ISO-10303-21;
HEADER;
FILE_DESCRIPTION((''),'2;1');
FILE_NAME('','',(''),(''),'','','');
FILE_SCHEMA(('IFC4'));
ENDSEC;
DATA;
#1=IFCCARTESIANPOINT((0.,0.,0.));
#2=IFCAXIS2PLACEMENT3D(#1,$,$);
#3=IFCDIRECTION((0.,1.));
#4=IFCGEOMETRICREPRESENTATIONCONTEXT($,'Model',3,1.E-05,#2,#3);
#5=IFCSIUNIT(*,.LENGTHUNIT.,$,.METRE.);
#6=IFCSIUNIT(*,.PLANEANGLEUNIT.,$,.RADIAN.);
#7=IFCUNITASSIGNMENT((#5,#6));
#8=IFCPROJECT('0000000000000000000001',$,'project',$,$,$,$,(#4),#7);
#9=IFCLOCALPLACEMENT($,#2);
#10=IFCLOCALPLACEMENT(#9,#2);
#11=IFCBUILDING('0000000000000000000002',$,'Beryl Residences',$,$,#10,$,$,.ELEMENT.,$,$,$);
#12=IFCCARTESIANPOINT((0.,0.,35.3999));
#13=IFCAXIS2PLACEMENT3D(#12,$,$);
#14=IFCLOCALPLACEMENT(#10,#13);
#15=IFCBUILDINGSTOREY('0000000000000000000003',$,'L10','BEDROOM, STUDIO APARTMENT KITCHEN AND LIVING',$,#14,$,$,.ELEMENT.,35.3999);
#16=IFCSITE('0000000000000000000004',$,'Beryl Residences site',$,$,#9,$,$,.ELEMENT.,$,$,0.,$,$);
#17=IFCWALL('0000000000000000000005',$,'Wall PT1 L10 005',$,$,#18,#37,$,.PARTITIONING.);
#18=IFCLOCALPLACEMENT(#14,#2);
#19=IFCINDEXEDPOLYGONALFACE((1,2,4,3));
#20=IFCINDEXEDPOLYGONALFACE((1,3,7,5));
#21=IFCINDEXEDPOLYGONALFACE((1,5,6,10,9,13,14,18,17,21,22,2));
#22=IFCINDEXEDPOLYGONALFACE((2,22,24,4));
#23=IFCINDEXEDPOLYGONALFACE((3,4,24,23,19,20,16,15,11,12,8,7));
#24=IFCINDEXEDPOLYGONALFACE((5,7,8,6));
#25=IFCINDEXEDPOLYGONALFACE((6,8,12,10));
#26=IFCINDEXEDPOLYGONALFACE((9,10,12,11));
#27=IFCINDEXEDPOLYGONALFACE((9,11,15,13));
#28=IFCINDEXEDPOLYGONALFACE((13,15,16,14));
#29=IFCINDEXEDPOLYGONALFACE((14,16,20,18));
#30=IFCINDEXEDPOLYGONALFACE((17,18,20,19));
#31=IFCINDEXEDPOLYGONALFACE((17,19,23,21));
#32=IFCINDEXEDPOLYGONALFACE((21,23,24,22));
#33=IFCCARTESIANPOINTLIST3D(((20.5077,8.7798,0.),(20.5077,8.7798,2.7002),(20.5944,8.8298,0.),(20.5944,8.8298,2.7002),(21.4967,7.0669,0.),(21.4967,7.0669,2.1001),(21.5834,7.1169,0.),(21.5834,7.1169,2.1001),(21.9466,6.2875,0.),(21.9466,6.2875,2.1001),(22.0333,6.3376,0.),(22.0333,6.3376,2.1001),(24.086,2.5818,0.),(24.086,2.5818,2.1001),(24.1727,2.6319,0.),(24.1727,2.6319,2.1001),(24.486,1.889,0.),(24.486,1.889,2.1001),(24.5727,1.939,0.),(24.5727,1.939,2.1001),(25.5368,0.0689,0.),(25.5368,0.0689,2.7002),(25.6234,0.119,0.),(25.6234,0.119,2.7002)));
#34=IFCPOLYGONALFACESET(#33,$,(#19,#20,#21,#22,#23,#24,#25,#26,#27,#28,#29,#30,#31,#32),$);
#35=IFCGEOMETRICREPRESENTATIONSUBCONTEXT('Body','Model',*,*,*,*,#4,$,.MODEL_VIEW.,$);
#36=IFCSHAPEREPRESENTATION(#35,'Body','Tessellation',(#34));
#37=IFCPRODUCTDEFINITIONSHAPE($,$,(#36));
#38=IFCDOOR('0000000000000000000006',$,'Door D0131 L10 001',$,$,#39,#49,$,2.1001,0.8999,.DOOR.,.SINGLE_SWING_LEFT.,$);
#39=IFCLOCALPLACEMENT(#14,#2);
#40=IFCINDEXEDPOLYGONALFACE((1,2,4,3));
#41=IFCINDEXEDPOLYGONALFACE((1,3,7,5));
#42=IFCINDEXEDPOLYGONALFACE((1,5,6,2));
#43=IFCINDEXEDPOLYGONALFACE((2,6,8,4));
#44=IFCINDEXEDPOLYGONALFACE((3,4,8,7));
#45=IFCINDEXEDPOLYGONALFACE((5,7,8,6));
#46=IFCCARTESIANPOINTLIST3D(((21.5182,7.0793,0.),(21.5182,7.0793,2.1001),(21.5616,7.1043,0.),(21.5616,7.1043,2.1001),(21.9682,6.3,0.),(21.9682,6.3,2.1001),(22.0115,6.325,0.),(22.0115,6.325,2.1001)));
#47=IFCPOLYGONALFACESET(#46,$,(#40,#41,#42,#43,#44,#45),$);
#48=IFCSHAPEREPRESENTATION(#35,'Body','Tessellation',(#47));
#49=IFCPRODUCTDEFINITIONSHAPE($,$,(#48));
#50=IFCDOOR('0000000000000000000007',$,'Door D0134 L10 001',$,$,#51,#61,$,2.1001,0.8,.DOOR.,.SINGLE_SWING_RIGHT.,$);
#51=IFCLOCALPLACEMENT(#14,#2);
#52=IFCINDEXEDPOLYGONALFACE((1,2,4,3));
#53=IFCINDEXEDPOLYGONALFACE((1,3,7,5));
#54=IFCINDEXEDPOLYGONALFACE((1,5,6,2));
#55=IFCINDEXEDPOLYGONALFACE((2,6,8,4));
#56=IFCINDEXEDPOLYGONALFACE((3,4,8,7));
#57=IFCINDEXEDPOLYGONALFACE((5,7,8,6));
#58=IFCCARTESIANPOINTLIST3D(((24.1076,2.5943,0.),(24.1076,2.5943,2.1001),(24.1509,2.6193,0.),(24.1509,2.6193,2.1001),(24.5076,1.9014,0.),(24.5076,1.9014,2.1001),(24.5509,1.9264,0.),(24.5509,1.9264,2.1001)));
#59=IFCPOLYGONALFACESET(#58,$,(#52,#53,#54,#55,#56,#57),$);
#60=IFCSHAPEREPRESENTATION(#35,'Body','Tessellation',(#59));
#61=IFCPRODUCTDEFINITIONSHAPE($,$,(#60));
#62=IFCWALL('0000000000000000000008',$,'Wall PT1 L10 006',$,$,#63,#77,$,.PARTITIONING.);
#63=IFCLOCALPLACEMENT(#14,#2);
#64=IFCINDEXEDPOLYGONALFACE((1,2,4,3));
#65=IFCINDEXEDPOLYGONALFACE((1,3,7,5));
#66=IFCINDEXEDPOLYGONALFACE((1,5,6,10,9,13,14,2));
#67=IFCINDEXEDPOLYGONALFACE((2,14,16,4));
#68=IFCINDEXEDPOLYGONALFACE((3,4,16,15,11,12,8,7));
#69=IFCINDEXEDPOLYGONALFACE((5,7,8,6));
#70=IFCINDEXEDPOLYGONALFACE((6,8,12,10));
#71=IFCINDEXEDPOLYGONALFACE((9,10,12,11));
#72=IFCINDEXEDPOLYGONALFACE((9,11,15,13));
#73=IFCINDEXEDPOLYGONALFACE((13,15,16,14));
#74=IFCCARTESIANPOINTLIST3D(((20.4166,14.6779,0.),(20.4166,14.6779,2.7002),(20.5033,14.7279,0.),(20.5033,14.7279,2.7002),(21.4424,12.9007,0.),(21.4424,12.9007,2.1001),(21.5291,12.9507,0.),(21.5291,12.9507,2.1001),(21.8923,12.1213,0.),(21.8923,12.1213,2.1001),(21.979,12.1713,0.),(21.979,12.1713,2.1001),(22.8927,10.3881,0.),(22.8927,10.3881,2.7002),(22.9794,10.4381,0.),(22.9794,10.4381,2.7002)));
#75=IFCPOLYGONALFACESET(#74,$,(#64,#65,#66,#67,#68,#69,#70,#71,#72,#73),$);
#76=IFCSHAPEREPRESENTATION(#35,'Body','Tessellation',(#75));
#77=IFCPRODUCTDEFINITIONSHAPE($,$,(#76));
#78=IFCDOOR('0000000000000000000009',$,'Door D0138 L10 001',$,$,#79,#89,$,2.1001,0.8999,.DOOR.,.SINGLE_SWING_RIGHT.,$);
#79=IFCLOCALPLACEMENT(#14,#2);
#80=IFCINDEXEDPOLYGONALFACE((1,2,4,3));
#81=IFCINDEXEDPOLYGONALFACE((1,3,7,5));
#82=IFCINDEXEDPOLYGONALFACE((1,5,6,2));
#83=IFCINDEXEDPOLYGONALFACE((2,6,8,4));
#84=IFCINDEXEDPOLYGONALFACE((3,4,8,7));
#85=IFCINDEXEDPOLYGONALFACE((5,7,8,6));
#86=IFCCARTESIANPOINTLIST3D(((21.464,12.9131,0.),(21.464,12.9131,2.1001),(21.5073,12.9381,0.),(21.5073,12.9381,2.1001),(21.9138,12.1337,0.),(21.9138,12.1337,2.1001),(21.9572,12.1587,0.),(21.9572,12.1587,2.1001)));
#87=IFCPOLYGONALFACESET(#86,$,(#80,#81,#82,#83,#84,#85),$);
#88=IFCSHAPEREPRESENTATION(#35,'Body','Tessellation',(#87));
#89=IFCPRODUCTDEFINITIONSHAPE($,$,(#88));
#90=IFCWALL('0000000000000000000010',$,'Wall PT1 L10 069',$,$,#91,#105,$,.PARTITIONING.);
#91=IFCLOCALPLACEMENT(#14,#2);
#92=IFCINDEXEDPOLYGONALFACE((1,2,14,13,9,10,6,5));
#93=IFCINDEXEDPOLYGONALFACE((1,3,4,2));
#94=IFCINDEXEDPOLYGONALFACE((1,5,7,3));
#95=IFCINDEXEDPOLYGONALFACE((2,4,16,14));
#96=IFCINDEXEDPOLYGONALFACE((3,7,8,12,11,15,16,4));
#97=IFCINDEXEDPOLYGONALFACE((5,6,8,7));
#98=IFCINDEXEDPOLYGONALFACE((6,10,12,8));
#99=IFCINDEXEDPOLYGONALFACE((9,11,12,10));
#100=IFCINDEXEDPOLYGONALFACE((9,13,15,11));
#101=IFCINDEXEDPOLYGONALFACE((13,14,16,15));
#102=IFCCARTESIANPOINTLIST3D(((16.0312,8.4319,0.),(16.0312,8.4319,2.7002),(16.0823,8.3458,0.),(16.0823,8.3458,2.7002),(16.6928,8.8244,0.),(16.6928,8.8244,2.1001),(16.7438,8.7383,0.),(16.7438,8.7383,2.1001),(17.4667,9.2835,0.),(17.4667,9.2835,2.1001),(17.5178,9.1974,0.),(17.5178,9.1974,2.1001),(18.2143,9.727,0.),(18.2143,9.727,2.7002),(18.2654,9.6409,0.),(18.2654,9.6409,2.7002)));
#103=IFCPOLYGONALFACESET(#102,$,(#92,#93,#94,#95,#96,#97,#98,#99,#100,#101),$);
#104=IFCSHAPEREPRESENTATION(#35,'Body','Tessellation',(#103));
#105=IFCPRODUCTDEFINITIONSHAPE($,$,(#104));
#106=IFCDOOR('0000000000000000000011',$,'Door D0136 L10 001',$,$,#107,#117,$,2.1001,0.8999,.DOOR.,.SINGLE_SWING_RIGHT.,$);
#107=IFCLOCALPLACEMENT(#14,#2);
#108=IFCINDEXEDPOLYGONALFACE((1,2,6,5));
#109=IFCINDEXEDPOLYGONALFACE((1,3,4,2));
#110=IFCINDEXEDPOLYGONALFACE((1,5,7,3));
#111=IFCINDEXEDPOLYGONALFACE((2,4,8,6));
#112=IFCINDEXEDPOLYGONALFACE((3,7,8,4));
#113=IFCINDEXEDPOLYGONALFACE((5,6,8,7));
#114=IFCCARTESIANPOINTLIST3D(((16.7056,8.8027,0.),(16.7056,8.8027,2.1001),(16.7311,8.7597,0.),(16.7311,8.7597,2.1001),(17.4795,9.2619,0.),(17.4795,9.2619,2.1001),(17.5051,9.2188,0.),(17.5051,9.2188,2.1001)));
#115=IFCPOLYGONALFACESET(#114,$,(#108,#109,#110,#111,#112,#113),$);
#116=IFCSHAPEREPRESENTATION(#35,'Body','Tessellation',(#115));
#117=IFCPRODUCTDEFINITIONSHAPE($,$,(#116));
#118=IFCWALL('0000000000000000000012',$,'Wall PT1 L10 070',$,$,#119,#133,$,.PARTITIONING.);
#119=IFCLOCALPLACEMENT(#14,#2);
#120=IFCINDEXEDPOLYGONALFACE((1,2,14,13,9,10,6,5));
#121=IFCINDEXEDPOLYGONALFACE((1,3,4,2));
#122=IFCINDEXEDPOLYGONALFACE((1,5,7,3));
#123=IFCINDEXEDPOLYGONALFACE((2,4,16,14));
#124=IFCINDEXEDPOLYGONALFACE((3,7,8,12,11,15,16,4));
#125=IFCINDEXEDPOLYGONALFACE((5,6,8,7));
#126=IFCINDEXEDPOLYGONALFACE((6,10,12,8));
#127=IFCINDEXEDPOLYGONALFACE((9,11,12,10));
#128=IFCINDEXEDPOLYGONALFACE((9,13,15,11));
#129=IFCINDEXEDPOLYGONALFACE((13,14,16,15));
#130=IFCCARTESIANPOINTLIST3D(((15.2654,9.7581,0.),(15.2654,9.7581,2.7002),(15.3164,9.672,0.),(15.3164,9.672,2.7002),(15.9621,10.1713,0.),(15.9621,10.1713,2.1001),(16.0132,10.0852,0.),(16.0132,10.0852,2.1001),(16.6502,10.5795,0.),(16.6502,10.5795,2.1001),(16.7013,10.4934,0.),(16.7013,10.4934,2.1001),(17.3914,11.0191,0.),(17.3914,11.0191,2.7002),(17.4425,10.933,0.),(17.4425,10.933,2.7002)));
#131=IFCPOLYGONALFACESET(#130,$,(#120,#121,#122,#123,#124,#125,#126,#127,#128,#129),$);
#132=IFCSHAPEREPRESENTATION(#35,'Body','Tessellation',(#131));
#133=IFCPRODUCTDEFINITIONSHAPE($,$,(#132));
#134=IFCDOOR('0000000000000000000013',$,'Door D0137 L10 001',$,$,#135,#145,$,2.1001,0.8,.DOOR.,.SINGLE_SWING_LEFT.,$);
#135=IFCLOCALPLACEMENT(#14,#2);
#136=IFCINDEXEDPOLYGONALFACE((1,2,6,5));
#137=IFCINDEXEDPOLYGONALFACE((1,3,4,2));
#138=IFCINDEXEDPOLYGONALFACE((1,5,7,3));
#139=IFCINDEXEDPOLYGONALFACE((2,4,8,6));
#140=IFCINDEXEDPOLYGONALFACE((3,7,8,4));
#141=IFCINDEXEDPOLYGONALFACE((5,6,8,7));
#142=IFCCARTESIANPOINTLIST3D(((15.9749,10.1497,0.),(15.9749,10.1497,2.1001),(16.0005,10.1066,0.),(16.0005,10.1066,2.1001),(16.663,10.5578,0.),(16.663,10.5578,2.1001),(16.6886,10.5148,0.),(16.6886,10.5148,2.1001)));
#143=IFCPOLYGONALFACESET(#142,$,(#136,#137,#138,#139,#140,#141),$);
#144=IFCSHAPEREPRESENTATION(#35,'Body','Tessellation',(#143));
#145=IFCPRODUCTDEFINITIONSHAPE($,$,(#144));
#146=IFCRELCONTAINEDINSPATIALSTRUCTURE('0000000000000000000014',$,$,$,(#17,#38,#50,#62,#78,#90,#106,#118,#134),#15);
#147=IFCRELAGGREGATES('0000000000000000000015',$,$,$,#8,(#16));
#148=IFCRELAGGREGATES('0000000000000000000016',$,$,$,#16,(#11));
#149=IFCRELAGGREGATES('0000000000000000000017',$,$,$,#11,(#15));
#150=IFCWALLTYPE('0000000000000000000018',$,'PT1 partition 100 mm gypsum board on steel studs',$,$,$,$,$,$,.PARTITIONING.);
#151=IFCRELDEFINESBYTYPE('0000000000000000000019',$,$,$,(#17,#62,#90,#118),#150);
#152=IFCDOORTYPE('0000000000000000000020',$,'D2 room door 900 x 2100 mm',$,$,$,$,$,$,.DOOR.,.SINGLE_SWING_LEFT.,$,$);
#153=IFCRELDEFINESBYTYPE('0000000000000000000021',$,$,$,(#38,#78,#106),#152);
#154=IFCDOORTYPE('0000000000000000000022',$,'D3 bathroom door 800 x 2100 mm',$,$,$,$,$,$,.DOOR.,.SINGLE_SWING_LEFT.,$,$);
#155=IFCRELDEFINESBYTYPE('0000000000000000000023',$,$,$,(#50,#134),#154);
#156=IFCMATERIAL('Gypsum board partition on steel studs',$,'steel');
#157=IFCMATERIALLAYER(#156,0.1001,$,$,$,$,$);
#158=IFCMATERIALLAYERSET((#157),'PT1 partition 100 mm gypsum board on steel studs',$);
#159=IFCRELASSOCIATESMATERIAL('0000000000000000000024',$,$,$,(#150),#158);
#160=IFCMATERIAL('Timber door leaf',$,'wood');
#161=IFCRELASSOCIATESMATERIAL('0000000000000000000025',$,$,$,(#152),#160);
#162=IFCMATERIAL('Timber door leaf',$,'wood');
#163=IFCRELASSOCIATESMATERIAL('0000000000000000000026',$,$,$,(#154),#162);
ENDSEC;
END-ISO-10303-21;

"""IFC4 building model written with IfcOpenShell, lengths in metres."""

from ifc_helpers import new_model, si_unit, direction, frame, frame_2d, origin, place, context, subcontext, project, spatial, rectangle, extrude, material, layer, layer_set, type_object, element, fill, save


model = new_model("IFC4")

# Units and contexts
model_context = context("Model", 3, precision=1e-05, world=origin(), true_north=direction((0.0, 1.0)))
body_context = subcontext(model_context, "Body", "Model", "MODEL_VIEW")
ifc_project = project(units=[si_unit("LENGTHUNIT", "METRE"), si_unit("PLANEANGLEUNIT", "RADIAN")], contexts=[model_context])

# Site, building, storey
site_placement = place(None, origin())
site = spatial("IfcSite", under=ifc_project, at=site_placement, Name="Beryl Residences site", CompositionType="ELEMENT", RefElevation=0.0)
building_placement = place(site_placement, origin())
building = spatial("IfcBuilding", under=site, at=building_placement, Name="Beryl Residences", CompositionType="ELEMENT")
storey_placement = place(building_placement, frame((0.0, 0.0, 35.3999)))
storey = spatial("IfcBuildingStorey", under=building, at=storey_placement, Name="L10", Description="BEDROOM, STUDIO APARTMENT KITCHEN AND LIVING", CompositionType="ELEMENT", Elevation=35.3999)

# Shared definitions
ifc_material_1 = material(Name="Gypsum board partition on steel studs", Category="steel")
ifc_layer_1 = layer(ifc_material_1, 0.1001)
ifc_layer_set_1 = layer_set([ifc_layer_1], Name="PT1 partition 100 mm gypsum board on steel studs")
wall_type_1 = type_object("IfcWallType", Name="PT1 partition 100 mm gypsum board on steel studs", PredefinedType="PARTITIONING", material=ifc_layer_set_1)

# Wall, openings, doors
wall_1_placement = place(storey_placement, frame((20.551, 8.8049, 0.0), z_axis=(0.0, 0.0, 1.0), x_axis=(0.499984, -0.866034, 0.0)))
wall_1 = element("IfcWall", 1, at=wall_1_placement, inside=storey, type_object=wall_type_1, Name="Wall PT1 L10 005", PredefinedType="PARTITIONING", context=body_context, shape_type="SweptSolid", body=[
    extrude(rectangle(XDim=10.0583, YDim=0.1001, at=frame_2d((5.0293, 0.0))), origin(), (0.0, 0.0, 1.0), 2.7002),
])
opening_1_placement = place(wall_1_placement, frame((1.978, 0.0, 0.0)))
opening_1 = element("IfcOpeningElement", 2, at=opening_1_placement, cuts=wall_1, PredefinedType="OPENING", context=body_context, shape_type="SweptSolid", body=[
    extrude(rectangle(XDim=0.8999, YDim=2.1001, at=frame_2d((0.45, 1.05))), frame((0.0, 0.0601, 0.0), z_axis=(0.0, -1.0, 0.0), x_axis=(1.0, 0.0, 0.0)), (0.0, 0.0, 1.0), 0.1201),
])
opening_2_placement = place(wall_1_placement, frame((7.157, 0.0, 0.0)))
opening_2 = element("IfcOpeningElement", 3, at=opening_2_placement, cuts=wall_1, PredefinedType="OPENING", context=body_context, shape_type="SweptSolid", body=[
    extrude(rectangle(XDim=0.8, YDim=2.1001, at=frame_2d((0.3999, 1.05))), frame((0.0, 0.0601, 0.0), z_axis=(0.0, -1.0, 0.0), x_axis=(1.0, 0.0, 0.0)), (0.0, 0.0, 1.0), 0.1201),
])
ifc_material_2 = material(Name="Timber door leaf", Category="wood")
door_type_1 = type_object("IfcDoorType", Name="D2 room door 900 x 2100 mm", OperationType="SINGLE_SWING_LEFT", PredefinedType="DOOR", material=ifc_material_2)
door_1_placement = place(opening_1_placement, origin())
door_1 = element("IfcDoor", 4, at=door_1_placement, inside=storey, type_object=door_type_1, Name="Door D0131 L10 001", OperationType="SINGLE_SWING_LEFT", OverallHeight=2.1001, OverallWidth=0.8999, PredefinedType="DOOR", context=body_context, shape_type="SweptSolid", body=[
    extrude(rectangle(XDim=0.8999, YDim=2.1001, at=frame_2d((0.45, 1.05))), frame((0.0, 0.0249, 0.0), z_axis=(0.0, -1.0, 0.0), x_axis=(1.0, 0.0, 0.0)), (0.0, 0.0, 1.0), 0.05),
])
fill(opening_1, door_1)
ifc_material_3 = material(Name="Timber door leaf", Category="wood")
door_type_2 = type_object("IfcDoorType", Name="D3 bathroom door 800 x 2100 mm", OperationType="SINGLE_SWING_LEFT", PredefinedType="DOOR", material=ifc_material_3)
door_2_placement = place(opening_2_placement, origin())
door_2 = element("IfcDoor", 5, at=door_2_placement, inside=storey, type_object=door_type_2, Name="Door D0134 L10 001", OperationType="SINGLE_SWING_RIGHT", OverallHeight=2.1001, OverallWidth=0.8, PredefinedType="DOOR", context=body_context, shape_type="SweptSolid", body=[
    extrude(rectangle(XDim=0.8, YDim=2.1001, at=frame_2d((0.3999, 1.05))), frame((0.0, 0.0249, 0.0), z_axis=(0.0, -1.0, 0.0), x_axis=(1.0, 0.0, 0.0)), (0.0, 0.0, 1.0), 0.05),
])
fill(opening_2, door_2)

# Walls, openings, doors
wall_2_placement = place(storey_placement, frame((20.46, 14.7029, 0.0), z_axis=(0.0, 0.0, 1.0), x_axis=(0.499903, -0.866081, 0.0)))
wall_2 = element("IfcWall", 6, at=wall_2_placement, inside=storey, type_object=wall_type_1, Name="Wall PT1 L10 006", PredefinedType="PARTITIONING", context=body_context, shape_type="SweptSolid", body=[
    extrude(rectangle(XDim=4.9531, YDim=0.1001, at=frame_2d((2.4766, 0.0))), origin(), (0.0, 0.0, 1.0), 2.7002),
])
opening_3_placement = place(wall_2_placement, frame((2.052, 0.0, 0.0)))
opening_3 = element("IfcOpeningElement", 7, at=opening_3_placement, cuts=wall_2, PredefinedType="OPENING", context=body_context, shape_type="SweptSolid", body=[
    extrude(rectangle(XDim=0.8999, YDim=2.1001, at=frame_2d((0.45, 1.05))), frame((0.0, 0.0601, 0.0), z_axis=(0.0, -1.0, 0.0), x_axis=(1.0, 0.0, 0.0)), (0.0, 0.0, 1.0), 0.1201),
])
door_3_placement = place(opening_3_placement, origin())
door_3 = element("IfcDoor", 8, at=door_3_placement, inside=storey, type_object=door_type_1, Name="Door D0138 L10 001", OperationType="SINGLE_SWING_RIGHT", OverallHeight=2.1001, OverallWidth=0.8999, PredefinedType="DOOR", context=body_context, shape_type="SweptSolid", body=[
    extrude(rectangle(XDim=0.8999, YDim=2.1001, at=frame_2d((0.45, 1.05))), frame((0.0, 0.0249, 0.0), z_axis=(0.0, -1.0, 0.0), x_axis=(1.0, 0.0, 0.0)), (0.0, 0.0, 1.0), 0.05),
])
fill(opening_3, door_3)
wall_3_placement = place(storey_placement, frame((16.0569, 8.3889, 0.0), z_axis=(0.0, 0.0, 1.0), x_axis=(0.860037, 0.510232, 0.0)))
wall_3 = element("IfcWall", 9, at=wall_3_placement, inside=storey, type_object=wall_type_1, Name="Wall PT1 L10 069", PredefinedType="PARTITIONING", context=body_context, shape_type="SweptSolid", body=[
    extrude(rectangle(XDim=2.5383, YDim=0.1001, at=frame_2d((1.269, 0.0))), origin(), (0.0, 0.0, 1.0), 2.7002),
])
opening_4_placement = place(wall_3_placement, frame((0.769, 0.0, 0.0)))
opening_4 = element("IfcOpeningElement", 10, at=opening_4_placement, cuts=wall_3, PredefinedType="OPENING", context=body_context, shape_type="SweptSolid", body=[
    extrude(rectangle(XDim=0.8999, YDim=2.1001, at=frame_2d((0.45, 1.05))), frame((0.0, 0.0601, 0.0), z_axis=(0.0, -1.0, 0.0), x_axis=(1.0, 0.0, 0.0)), (0.0, 0.0, 1.0), 0.1201),
])
door_4_placement = place(opening_4_placement, origin())
door_4 = element("IfcDoor", 11, at=door_4_placement, inside=storey, type_object=door_type_1, Name="Door D0136 L10 001", OperationType="SINGLE_SWING_RIGHT", OverallHeight=2.1001, OverallWidth=0.8999, PredefinedType="DOOR", context=body_context, shape_type="SweptSolid", body=[
    extrude(rectangle(XDim=0.8999, YDim=2.1001, at=frame_2d((0.45, 1.05))), frame((0.0, 0.0249, 0.0), z_axis=(0.0, -1.0, 0.0), x_axis=(1.0, 0.0, 0.0)), (0.0, 0.0, 1.0), 0.05),
])
fill(opening_4, door_4)
wall_4_placement = place(storey_placement, frame((15.291, 9.7151, 0.0), z_axis=(0.0, 0.0, 1.0), x_axis=(0.860088, 0.510146, 0.0)))
wall_4 = element("IfcWall", 12, at=wall_4_placement, inside=storey, type_object=wall_type_1, Name="Wall PT1 L10 070", PredefinedType="PARTITIONING", context=body_context, shape_type="SweptSolid", body=[
    extrude(rectangle(XDim=2.4719, YDim=0.1001, at=frame_2d((1.2358, 0.0))), origin(), (0.0, 0.0, 1.0), 2.7002),
])
opening_5_placement = place(wall_4_placement, frame((0.8101, 0.0, 0.0)))
opening_5 = element("IfcOpeningElement", 13, at=opening_5_placement, cuts=wall_4, PredefinedType="OPENING", context=body_context, shape_type="SweptSolid", body=[
    extrude(rectangle(XDim=0.8, YDim=2.1001, at=frame_2d((0.3999, 1.05))), frame((0.0, 0.0601, 0.0), z_axis=(0.0, -1.0, 0.0), x_axis=(1.0, 0.0, 0.0)), (0.0, 0.0, 1.0), 0.1201),
])
door_5_placement = place(opening_5_placement, origin())
door_5 = element("IfcDoor", 14, at=door_5_placement, inside=storey, type_object=door_type_2, Name="Door D0137 L10 001", OperationType="SINGLE_SWING_LEFT", OverallHeight=2.1001, OverallWidth=0.8, PredefinedType="DOOR", context=body_context, shape_type="SweptSolid", body=[
    extrude(rectangle(XDim=0.8, YDim=2.1001, at=frame_2d((0.3999, 1.05))), frame((0.0, 0.0249, 0.0), z_axis=(0.0, -1.0, 0.0), x_axis=(1.0, 0.0, 0.0)), (0.0, 0.0, 1.0), 0.05),
])
fill(opening_5, door_5)

save(model, "model.ifc")
